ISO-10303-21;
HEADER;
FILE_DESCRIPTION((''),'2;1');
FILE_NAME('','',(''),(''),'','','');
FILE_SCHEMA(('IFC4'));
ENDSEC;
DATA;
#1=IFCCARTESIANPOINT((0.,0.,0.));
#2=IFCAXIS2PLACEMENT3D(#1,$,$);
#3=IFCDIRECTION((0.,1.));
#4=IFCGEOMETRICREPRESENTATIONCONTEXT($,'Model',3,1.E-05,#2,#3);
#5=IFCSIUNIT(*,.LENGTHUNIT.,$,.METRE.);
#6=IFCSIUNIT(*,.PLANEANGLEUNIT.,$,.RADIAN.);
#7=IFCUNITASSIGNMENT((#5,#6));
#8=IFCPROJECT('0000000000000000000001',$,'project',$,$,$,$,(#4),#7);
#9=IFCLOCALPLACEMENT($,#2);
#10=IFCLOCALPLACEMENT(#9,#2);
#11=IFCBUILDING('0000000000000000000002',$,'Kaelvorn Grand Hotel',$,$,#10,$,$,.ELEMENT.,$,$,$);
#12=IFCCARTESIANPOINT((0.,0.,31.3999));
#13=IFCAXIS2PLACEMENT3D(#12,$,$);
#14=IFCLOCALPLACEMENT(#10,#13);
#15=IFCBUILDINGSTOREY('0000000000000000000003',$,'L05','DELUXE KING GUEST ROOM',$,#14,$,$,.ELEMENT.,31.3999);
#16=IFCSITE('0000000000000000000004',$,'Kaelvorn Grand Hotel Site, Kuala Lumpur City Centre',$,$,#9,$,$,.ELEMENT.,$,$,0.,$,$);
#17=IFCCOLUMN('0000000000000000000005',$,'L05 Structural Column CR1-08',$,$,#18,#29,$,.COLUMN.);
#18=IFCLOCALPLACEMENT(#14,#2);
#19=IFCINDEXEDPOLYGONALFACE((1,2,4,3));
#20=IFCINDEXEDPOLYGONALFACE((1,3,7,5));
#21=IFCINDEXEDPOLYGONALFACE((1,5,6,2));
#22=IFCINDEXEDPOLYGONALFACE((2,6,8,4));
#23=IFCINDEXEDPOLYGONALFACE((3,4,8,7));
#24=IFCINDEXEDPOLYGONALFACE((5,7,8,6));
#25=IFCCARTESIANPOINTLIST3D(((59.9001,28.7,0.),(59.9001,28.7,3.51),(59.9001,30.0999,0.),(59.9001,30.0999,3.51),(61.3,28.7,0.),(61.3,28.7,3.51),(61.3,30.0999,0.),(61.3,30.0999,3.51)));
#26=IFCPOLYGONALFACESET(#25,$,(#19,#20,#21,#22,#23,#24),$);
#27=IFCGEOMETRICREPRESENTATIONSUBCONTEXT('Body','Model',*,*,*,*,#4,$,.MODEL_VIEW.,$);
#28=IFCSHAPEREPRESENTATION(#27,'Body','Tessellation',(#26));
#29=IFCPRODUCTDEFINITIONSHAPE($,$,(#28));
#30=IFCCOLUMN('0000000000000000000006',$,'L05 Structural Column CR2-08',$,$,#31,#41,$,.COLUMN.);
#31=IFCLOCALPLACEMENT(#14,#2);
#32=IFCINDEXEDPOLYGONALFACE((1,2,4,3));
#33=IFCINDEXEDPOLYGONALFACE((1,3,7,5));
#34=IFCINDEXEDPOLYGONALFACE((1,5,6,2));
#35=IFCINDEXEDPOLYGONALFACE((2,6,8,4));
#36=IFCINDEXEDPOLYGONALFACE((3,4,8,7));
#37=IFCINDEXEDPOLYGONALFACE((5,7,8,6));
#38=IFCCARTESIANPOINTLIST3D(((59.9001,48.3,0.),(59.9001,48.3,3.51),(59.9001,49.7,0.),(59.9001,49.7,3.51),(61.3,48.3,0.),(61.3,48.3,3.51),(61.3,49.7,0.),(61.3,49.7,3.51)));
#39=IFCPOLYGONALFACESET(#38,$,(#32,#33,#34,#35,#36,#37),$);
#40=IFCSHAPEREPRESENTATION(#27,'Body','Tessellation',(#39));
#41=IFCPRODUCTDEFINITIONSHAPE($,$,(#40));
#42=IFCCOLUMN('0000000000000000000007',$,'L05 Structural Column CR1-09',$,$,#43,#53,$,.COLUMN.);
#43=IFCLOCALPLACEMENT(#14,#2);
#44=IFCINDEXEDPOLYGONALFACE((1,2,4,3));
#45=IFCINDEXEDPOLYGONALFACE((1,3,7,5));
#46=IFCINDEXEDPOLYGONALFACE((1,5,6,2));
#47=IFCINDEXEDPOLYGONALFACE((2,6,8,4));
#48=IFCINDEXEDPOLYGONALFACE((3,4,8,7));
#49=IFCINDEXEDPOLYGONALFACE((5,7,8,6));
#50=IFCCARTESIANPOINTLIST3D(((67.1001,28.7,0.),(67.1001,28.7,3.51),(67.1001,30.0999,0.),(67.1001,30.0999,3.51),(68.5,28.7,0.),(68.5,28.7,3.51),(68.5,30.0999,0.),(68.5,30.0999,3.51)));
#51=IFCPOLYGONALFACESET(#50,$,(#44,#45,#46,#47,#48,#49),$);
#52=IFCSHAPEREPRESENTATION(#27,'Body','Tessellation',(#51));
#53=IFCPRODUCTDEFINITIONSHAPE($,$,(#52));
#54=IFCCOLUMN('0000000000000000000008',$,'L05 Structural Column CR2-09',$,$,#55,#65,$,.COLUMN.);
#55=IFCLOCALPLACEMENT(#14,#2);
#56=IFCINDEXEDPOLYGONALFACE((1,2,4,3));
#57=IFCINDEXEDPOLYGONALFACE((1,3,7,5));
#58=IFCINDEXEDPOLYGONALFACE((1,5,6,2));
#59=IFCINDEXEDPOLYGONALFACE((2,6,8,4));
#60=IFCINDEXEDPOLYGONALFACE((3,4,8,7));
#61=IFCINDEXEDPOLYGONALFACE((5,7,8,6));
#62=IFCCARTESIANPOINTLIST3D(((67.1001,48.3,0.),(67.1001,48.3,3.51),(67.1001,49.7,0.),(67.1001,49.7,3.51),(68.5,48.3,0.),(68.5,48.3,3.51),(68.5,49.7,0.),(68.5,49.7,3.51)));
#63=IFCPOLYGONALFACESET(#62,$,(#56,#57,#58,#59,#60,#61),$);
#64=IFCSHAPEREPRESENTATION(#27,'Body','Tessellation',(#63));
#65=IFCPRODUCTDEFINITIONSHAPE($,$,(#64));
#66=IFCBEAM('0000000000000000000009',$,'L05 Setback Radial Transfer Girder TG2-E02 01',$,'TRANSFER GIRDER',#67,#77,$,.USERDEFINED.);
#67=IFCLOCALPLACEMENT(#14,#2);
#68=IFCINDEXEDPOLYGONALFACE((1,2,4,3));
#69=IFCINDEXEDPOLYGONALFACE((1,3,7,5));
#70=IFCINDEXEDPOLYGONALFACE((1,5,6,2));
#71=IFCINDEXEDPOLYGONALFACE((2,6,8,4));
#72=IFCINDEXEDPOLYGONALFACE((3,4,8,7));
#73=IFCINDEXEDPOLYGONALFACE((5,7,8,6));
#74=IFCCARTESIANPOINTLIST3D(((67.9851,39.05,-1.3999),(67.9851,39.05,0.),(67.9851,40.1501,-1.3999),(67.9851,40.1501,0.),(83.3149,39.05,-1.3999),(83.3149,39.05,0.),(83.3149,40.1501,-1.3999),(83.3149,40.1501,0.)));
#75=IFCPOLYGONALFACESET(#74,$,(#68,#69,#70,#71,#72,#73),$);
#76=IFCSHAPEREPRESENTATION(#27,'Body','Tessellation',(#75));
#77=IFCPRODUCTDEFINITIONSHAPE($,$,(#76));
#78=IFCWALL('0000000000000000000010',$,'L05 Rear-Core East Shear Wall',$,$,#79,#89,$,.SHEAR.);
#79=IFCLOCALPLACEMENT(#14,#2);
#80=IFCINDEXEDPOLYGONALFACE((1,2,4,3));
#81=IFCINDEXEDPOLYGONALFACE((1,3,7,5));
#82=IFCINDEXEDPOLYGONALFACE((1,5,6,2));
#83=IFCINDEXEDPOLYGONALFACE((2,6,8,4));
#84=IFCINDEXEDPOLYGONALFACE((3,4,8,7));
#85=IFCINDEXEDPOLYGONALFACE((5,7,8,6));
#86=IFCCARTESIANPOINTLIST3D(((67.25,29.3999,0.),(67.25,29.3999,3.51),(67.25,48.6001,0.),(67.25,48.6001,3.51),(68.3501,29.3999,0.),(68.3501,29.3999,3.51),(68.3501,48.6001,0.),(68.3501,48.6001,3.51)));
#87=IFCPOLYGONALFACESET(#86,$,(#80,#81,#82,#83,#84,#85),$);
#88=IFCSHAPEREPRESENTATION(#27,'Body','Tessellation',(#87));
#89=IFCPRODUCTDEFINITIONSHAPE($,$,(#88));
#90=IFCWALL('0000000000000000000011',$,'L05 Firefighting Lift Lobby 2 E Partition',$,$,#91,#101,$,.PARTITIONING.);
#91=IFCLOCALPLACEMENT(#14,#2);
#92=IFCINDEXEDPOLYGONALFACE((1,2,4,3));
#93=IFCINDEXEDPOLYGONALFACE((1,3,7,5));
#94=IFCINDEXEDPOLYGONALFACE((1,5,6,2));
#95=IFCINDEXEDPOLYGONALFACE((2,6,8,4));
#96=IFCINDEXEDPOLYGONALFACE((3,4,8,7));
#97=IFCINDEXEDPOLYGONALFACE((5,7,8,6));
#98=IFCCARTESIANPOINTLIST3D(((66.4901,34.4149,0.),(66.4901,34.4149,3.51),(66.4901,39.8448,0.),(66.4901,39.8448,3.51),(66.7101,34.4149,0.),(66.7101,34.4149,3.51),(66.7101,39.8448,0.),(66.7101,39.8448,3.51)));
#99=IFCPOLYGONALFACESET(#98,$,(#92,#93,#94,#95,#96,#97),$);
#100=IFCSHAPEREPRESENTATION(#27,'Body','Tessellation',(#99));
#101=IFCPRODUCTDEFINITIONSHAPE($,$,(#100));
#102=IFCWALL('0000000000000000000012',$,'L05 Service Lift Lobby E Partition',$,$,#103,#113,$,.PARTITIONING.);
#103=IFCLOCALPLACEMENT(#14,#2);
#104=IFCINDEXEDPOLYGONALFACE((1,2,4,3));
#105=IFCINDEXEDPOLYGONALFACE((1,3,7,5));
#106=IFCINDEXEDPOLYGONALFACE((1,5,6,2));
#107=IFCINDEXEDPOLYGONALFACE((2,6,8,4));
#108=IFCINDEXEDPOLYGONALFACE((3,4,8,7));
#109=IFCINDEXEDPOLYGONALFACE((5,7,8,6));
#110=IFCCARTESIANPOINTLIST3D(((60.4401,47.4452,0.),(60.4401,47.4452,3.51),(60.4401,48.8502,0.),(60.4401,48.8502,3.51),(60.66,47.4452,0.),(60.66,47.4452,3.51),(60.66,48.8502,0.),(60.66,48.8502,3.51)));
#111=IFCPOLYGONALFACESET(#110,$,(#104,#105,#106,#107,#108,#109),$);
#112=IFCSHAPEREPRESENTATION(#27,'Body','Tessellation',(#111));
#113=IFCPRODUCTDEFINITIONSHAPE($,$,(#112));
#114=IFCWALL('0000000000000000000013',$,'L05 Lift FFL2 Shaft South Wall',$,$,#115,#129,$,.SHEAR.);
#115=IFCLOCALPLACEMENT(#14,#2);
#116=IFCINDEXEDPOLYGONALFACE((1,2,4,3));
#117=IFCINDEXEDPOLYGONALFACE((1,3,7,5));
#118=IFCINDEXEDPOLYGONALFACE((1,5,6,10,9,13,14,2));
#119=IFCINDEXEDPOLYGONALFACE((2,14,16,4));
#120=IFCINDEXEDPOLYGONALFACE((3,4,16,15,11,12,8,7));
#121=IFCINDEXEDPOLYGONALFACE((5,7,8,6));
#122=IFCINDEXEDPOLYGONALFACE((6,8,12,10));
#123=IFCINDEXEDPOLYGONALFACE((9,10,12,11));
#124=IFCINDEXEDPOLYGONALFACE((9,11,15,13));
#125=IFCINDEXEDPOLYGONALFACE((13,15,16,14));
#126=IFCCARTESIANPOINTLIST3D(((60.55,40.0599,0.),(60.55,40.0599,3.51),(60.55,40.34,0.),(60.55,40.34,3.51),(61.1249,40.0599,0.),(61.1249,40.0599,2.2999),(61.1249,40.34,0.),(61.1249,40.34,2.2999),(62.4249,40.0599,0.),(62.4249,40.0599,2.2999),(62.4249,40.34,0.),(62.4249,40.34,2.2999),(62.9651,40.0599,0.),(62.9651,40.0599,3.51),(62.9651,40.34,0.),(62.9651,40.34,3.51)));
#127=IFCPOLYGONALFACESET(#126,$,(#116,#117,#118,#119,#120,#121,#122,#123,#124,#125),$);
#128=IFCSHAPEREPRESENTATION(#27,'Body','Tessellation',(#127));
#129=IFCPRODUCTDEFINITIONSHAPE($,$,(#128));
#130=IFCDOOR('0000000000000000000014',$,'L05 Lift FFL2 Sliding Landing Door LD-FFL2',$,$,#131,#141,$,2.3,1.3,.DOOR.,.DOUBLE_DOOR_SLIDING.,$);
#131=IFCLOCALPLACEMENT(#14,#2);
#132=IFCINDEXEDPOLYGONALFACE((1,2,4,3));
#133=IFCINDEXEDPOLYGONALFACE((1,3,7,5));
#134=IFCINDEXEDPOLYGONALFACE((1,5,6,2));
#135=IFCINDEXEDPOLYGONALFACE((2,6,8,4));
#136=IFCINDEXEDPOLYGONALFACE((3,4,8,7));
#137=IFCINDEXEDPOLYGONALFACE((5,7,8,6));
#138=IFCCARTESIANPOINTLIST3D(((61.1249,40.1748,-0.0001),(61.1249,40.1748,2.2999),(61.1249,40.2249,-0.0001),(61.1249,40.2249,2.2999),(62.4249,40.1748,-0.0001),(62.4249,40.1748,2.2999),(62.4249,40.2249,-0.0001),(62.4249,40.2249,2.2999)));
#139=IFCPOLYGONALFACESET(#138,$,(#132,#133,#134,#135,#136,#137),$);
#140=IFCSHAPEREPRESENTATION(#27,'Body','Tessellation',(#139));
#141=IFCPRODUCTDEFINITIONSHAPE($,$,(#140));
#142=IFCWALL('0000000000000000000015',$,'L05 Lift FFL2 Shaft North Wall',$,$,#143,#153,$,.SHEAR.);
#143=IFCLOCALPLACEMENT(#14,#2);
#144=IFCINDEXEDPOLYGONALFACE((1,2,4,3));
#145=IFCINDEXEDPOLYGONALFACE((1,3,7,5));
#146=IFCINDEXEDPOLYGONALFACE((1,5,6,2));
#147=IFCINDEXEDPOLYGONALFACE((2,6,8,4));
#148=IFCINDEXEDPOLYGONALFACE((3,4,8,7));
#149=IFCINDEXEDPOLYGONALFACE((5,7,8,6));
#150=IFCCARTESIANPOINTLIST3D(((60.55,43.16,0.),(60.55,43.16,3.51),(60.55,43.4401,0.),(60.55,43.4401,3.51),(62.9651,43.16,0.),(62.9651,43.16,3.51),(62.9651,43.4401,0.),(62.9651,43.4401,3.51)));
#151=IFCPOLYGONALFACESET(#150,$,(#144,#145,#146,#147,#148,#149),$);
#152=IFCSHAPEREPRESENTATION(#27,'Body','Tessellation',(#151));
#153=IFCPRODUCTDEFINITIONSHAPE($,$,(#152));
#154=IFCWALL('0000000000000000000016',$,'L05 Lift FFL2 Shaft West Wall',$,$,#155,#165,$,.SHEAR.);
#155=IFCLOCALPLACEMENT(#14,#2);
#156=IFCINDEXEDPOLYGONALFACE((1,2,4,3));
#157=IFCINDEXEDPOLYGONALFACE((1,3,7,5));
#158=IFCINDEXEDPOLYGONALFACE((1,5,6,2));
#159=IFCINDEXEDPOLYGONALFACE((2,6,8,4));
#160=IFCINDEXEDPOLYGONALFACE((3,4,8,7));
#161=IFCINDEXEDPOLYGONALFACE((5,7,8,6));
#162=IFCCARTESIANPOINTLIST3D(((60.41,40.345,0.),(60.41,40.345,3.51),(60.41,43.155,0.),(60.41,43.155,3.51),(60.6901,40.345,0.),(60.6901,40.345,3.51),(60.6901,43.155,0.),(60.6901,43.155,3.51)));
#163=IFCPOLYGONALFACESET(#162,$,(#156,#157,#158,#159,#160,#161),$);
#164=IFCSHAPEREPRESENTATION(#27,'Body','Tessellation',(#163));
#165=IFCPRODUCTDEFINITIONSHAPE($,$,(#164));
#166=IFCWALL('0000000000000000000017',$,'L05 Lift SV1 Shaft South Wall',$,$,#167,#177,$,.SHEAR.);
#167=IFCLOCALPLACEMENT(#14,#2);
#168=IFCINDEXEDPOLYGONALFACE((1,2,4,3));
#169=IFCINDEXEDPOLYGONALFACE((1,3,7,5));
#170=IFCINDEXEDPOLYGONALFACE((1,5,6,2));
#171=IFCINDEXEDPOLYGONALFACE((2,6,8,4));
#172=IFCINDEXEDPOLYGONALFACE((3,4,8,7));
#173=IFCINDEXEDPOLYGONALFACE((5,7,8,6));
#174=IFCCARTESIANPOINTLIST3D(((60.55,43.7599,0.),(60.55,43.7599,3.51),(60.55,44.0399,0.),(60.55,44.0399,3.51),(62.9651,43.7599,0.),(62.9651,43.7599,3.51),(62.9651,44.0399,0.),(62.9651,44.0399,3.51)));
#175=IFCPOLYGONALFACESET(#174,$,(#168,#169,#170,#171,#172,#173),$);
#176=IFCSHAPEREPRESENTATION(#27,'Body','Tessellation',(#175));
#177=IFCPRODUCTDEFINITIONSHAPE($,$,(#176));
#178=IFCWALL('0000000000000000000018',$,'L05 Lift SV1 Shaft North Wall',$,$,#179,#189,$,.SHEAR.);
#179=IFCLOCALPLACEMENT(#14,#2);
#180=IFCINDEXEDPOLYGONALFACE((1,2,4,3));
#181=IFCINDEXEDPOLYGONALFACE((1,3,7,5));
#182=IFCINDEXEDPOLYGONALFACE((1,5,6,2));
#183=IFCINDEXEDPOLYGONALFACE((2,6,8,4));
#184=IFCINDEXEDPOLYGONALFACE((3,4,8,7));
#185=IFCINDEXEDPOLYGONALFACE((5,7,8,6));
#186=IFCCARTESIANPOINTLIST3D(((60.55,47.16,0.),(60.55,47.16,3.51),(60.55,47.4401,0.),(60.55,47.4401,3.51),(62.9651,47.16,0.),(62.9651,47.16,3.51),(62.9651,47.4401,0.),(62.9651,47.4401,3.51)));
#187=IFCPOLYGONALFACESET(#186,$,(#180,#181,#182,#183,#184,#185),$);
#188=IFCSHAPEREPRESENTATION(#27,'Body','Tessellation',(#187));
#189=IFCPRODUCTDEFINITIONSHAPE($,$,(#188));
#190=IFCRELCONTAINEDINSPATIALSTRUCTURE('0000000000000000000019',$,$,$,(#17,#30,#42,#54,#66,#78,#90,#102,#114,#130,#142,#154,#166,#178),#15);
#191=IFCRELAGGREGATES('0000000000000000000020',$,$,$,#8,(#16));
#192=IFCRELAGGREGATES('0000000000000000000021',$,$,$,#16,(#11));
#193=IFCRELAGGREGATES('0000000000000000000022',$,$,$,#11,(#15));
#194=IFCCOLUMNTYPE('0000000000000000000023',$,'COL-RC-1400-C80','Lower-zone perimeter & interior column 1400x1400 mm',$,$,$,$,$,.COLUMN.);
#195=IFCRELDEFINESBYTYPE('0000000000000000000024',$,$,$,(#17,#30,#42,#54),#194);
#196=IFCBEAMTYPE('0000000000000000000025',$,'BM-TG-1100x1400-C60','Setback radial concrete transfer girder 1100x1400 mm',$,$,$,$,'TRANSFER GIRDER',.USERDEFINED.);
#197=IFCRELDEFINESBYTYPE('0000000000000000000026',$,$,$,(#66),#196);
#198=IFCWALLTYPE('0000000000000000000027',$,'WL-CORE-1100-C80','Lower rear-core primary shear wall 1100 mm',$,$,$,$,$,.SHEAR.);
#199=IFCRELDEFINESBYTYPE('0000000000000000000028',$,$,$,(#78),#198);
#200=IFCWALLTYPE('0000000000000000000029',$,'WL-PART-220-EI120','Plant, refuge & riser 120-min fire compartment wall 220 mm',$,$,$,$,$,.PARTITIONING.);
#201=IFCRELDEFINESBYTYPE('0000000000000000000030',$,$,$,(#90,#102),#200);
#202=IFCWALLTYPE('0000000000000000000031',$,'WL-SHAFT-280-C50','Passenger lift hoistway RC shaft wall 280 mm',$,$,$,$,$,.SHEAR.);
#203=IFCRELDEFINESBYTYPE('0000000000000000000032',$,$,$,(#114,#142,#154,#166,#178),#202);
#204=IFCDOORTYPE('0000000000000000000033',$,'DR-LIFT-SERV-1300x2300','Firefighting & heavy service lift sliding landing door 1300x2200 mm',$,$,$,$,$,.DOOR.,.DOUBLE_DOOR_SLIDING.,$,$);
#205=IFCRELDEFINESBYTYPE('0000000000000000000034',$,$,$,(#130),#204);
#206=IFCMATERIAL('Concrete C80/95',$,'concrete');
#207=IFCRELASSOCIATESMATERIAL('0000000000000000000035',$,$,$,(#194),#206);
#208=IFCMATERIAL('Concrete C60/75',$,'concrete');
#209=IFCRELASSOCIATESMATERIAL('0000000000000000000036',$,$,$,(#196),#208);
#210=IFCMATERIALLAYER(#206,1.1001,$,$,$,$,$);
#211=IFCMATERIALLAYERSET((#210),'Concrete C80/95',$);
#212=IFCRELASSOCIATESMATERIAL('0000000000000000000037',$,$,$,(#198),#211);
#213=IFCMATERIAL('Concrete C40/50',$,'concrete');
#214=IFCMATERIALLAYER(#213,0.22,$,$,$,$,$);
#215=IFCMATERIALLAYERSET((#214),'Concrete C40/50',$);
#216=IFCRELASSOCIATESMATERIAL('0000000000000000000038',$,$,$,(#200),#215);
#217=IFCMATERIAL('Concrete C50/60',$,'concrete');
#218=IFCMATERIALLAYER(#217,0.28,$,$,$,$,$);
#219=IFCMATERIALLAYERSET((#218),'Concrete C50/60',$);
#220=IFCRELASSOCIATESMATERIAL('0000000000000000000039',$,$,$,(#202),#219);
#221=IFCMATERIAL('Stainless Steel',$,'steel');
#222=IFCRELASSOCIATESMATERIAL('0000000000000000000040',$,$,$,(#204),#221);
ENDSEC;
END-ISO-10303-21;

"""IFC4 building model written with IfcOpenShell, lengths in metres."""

from ifc_helpers import new_model, si_unit, direction, frame, frame_2d, origin, origin_2d, place, context, subcontext, project, spatial, rectangle, extrude, material, layer, layer_set, material_profile, profile_set, type_object, element, fill, save


model = new_model("IFC4")

# Units and contexts
model_context = context("Model", 3, precision=1e-05, world=origin(), true_north=direction((0.0, 1.0)))
body_context = subcontext(model_context, "Body", "Model", "MODEL_VIEW")
ifc_project = project(units=[si_unit("LENGTHUNIT", "METRE"), si_unit("PLANEANGLEUNIT", "RADIAN")], contexts=[model_context])

# Site, building, storey
site_placement = place(None, origin())
site = spatial("IfcSite", under=ifc_project, at=site_placement, Name="Kaelvorn Grand Hotel Site, Kuala Lumpur City Centre", CompositionType="ELEMENT", RefElevation=0.0)
building_placement = place(site_placement, origin())
building = spatial("IfcBuilding", under=site, at=building_placement, Name="Kaelvorn Grand Hotel", CompositionType="ELEMENT")
storey_placement = place(building_placement, frame((0.0, 0.0, 31.3999)))
storey = spatial("IfcBuildingStorey", under=building, at=storey_placement, Name="L05", Description="DELUXE KING GUEST ROOM", CompositionType="ELEMENT", Elevation=31.3999)

# Columns
ifc_material_1 = material(Name="Concrete C80/95", Category="concrete")
ifc_material_profile_1 = material_profile(ifc_material_1, rectangle(XDim=1.3999, YDim=1.3999, at=origin_2d()), Name="RC COL 1400x1400")
ifc_profile_set_1 = profile_set([ifc_material_profile_1], Name="Concrete C80/95")
column_type = type_object("IfcColumnType", Name="COL-RC-1400-C80", Description="Lower-zone perimeter & interior column 1400x1400 mm", PredefinedType="COLUMN", material=ifc_profile_set_1)
for number, where, z_axis, x_axis, name in (
    (1, (60.6001, 29.3999, 0.0), (0.0, 0.0, 1.0), (1.0, 0.0, 0.0), "L05 Structural Column CR1-08"),
    (2, (60.6001, 49.0, 0.0), (0.0, 0.0, 1.0), (1.0, 0.0, 0.0), "L05 Structural Column CR2-08"),
    (3, (67.8, 29.3999, 0.0), (0.0, 0.0, 1.0), (1.0, 0.0, 0.0), "L05 Structural Column CR1-09"),
    (4, (67.8, 49.0, 0.0), (0.0, 0.0, 1.0), (1.0, 0.0, 0.0), "L05 Structural Column CR2-09"),
):
    element("IfcColumn", number, at=place(storey_placement, frame(where, z_axis=z_axis, x_axis=x_axis)), inside=storey, type_object=column_type, Name=name, PredefinedType="COLUMN", context=body_context, shape_type="SweptSolid", body=[
        extrude(rectangle(XDim=1.3999, YDim=1.3999, at=origin_2d()), origin(), (0.0, 0.0, 1.0), 3.51),
    ])

# Beam
ifc_material_2 = material(Name="Concrete C60/75", Category="concrete")
ifc_material_profile_2 = material_profile(ifc_material_2, rectangle(XDim=1.1001, YDim=1.3999, at=origin_2d()), Name="RC TG 1100x1400")
ifc_profile_set_2 = profile_set([ifc_material_profile_2], Name="Concrete C60/75")
beam_type = type_object("IfcBeamType", Name="BM-TG-1100x1400-C60", Description="Setback radial concrete transfer girder 1100x1400 mm", ElementType="TRANSFER GIRDER", PredefinedType="USERDEFINED", material=ifc_profile_set_2)
beam_placement = place(storey_placement, frame((67.9851, 39.6001, -0.7), z_axis=(1.0, 0.0, 0.0), x_axis=(0.0, 1.0, 0.0)))
element("IfcBeam", 5, at=beam_placement, inside=storey, type_object=beam_type, Name="L05 Setback Radial Transfer Girder TG2-E02 01", ObjectType="TRANSFER GIRDER", PredefinedType="USERDEFINED", context=body_context, shape_type="SweptSolid", body=[
    extrude(rectangle(XDim=1.1001, YDim=1.3999, at=origin_2d()), origin(), (0.0, 0.0, 1.0), 15.3298),
])

# Walls
ifc_layer_1 = layer(ifc_material_1, 1.1001)
ifc_layer_set_1 = layer_set([ifc_layer_1], Name="Concrete C80/95")
wall_type_1 = type_object("IfcWallType", Name="WL-CORE-1100-C80", Description="Lower rear-core primary shear wall 1100 mm", PredefinedType="SHEAR", material=ifc_layer_set_1)
wall_1_placement = place(storey_placement, frame((67.8, 29.3999, 0.0), z_axis=(0.0, 0.0, 1.0), x_axis=(0.0, 1.0, 0.0)))
element("IfcWall", 6, at=wall_1_placement, inside=storey, type_object=wall_type_1, Name="L05 Rear-Core East Shear Wall", PredefinedType="SHEAR", context=body_context, shape_type="SweptSolid", body=[
    extrude(rectangle(XDim=19.2002, YDim=1.1001, at=frame_2d((9.6001, 0.0))), origin(), (0.0, 0.0, 1.0), 3.51),
])
ifc_material_3 = material(Name="Concrete C40/50", Category="concrete")
ifc_layer_2 = layer(ifc_material_3, 0.22)
ifc_layer_set_2 = layer_set([ifc_layer_2], Name="Concrete C40/50")
wall_type_2 = type_object("IfcWallType", Name="WL-PART-220-EI120", Description="Plant, refuge & riser 120-min fire compartment wall 220 mm", PredefinedType="PARTITIONING", material=ifc_layer_set_2)
wall_2_placement = place(storey_placement, frame((66.6001, 34.415, 0.0), z_axis=(0.0, 0.0, 1.0), x_axis=(0.0, 1.0, 0.0)))
element("IfcWall", 7, at=wall_2_placement, inside=storey, type_object=wall_type_2, Name="L05 Firefighting Lift Lobby 2 E Partition", PredefinedType="PARTITIONING", context=body_context, shape_type="SweptSolid", body=[
    extrude(rectangle(XDim=5.4299, YDim=0.22, at=frame_2d((2.7148, 0.0))), origin(), (0.0, 0.0, 1.0), 3.51),
])
wall_3_placement = place(storey_placement, frame((60.55, 47.4451, 0.0), z_axis=(0.0, 0.0, 1.0), x_axis=(0.0, 1.0, 0.0)))
element("IfcWall", 8, at=wall_3_placement, inside=storey, type_object=wall_type_2, Name="L05 Service Lift Lobby E Partition", PredefinedType="PARTITIONING", context=body_context, shape_type="SweptSolid", body=[
    extrude(rectangle(XDim=1.405, YDim=0.22, at=frame_2d((0.7026, 0.0))), origin(), (0.0, 0.0, 1.0), 3.51),
])

# Wall, opening, door
ifc_material_4 = material(Name="Concrete C50/60", Category="concrete")
ifc_layer_3 = layer(ifc_material_4, 0.28)
ifc_layer_set_3 = layer_set([ifc_layer_3], Name="Concrete C50/60")
wall_type_3 = type_object("IfcWallType", Name="WL-SHAFT-280-C50", Description="Passenger lift hoistway RC shaft wall 280 mm", PredefinedType="SHEAR", material=ifc_layer_set_3)
wall_4_placement = place(storey_placement, frame((60.55, 40.2, 0.0), z_axis=(0.0, 0.0, 1.0), x_axis=(1.0, 0.0, 0.0)))
wall_4 = element("IfcWall", 9, at=wall_4_placement, inside=storey, type_object=wall_type_3, Name="L05 Lift FFL2 Shaft South Wall", PredefinedType="SHEAR", context=body_context, shape_type="SweptSolid", body=[
    extrude(rectangle(XDim=2.415, YDim=0.28, at=frame_2d((1.2075, 0.0))), origin(), (0.0, 0.0, 1.0), 3.51),
])
opening_1_placement = place(wall_4_placement, frame((0.575, 0.0, 0.0)))
opening_1 = element("IfcOpeningElement", 10, at=opening_1_placement, cuts=wall_4, PredefinedType="OPENING", context=body_context, shape_type="SweptSolid", body=[
    extrude(rectangle(XDim=1.3, YDim=2.3, at=frame_2d((0.6499, 1.1499))), frame((0.0, 0.1499, 0.0), z_axis=(0.0, -1.0, 0.0), x_axis=(1.0, 0.0, 0.0)), (0.0, 0.0, 1.0), 0.3),
])
ifc_material_5 = material(Name="Stainless Steel", Category="steel")
door_type_1 = type_object("IfcDoorType", Name="DR-LIFT-SERV-1300x2300", Description="Firefighting & heavy service lift sliding landing door 1300x2200 mm", OperationType="DOUBLE_DOOR_SLIDING", PredefinedType="DOOR", material=ifc_material_5)
door_1_placement = place(opening_1_placement, origin())
door_1 = element("IfcDoor", 11, at=door_1_placement, inside=storey, type_object=door_type_1, Name="L05 Lift FFL2 Sliding Landing Door LD-FFL2", OperationType="DOUBLE_DOOR_SLIDING", OverallHeight=2.3, OverallWidth=1.3, PredefinedType="DOOR", context=body_context, shape_type="SweptSolid", body=[
    extrude(rectangle(XDim=1.3, YDim=2.3, at=frame_2d((0.6499, 1.1499))), frame((0.0, 0.0249, 0.0), z_axis=(0.0, -1.0, 0.0), x_axis=(1.0, 0.0, 0.0)), (0.0, 0.0, 1.0), 0.05),
])
fill(opening_1, door_1)

# Walls
wall_5_placement = place(storey_placement, frame((60.55, 43.3, 0.0), z_axis=(0.0, 0.0, 1.0), x_axis=(1.0, 0.0, 0.0)))
element("IfcWall", 12, at=wall_5_placement, inside=storey, type_object=wall_type_3, Name="L05 Lift FFL2 Shaft North Wall", PredefinedType="SHEAR", context=body_context, shape_type="SweptSolid", body=[
    extrude(rectangle(XDim=2.415, YDim=0.28, at=frame_2d((1.2075, 0.0))), origin(), (0.0, 0.0, 1.0), 3.51),
])
wall_6_placement = place(storey_placement, frame((60.55, 40.345, 0.0), z_axis=(0.0, 0.0, 1.0), x_axis=(0.0, 1.0, 0.0)))
element("IfcWall", 13, at=wall_6_placement, inside=storey, type_object=wall_type_3, Name="L05 Lift FFL2 Shaft West Wall", PredefinedType="SHEAR", context=body_context, shape_type="SweptSolid", body=[
    extrude(rectangle(XDim=2.8101, YDim=0.28, at=frame_2d((1.405, 0.0))), origin(), (0.0, 0.0, 1.0), 3.51),
])
for number, where, z_axis, x_axis, name in (
    (14, (60.55, 43.8999, 0.0), (0.0, 0.0, 1.0), (1.0, 0.0, 0.0), "L05 Lift SV1 Shaft South Wall"),
    (15, (60.55, 47.3, 0.0), (0.0, 0.0, 1.0), (1.0, 0.0, 0.0), "L05 Lift SV1 Shaft North Wall"),
):
    element("IfcWall", number, at=place(storey_placement, frame(where, z_axis=z_axis, x_axis=x_axis)), inside=storey, type_object=wall_type_3, Name=name, PredefinedType="SHEAR", context=body_context, shape_type="SweptSolid", body=[
        extrude(rectangle(XDim=2.415, YDim=0.28, at=frame_2d((1.2075, 0.0))), origin(), (0.0, 0.0, 1.0), 3.51),
    ])

save(model, "model.ifc")
